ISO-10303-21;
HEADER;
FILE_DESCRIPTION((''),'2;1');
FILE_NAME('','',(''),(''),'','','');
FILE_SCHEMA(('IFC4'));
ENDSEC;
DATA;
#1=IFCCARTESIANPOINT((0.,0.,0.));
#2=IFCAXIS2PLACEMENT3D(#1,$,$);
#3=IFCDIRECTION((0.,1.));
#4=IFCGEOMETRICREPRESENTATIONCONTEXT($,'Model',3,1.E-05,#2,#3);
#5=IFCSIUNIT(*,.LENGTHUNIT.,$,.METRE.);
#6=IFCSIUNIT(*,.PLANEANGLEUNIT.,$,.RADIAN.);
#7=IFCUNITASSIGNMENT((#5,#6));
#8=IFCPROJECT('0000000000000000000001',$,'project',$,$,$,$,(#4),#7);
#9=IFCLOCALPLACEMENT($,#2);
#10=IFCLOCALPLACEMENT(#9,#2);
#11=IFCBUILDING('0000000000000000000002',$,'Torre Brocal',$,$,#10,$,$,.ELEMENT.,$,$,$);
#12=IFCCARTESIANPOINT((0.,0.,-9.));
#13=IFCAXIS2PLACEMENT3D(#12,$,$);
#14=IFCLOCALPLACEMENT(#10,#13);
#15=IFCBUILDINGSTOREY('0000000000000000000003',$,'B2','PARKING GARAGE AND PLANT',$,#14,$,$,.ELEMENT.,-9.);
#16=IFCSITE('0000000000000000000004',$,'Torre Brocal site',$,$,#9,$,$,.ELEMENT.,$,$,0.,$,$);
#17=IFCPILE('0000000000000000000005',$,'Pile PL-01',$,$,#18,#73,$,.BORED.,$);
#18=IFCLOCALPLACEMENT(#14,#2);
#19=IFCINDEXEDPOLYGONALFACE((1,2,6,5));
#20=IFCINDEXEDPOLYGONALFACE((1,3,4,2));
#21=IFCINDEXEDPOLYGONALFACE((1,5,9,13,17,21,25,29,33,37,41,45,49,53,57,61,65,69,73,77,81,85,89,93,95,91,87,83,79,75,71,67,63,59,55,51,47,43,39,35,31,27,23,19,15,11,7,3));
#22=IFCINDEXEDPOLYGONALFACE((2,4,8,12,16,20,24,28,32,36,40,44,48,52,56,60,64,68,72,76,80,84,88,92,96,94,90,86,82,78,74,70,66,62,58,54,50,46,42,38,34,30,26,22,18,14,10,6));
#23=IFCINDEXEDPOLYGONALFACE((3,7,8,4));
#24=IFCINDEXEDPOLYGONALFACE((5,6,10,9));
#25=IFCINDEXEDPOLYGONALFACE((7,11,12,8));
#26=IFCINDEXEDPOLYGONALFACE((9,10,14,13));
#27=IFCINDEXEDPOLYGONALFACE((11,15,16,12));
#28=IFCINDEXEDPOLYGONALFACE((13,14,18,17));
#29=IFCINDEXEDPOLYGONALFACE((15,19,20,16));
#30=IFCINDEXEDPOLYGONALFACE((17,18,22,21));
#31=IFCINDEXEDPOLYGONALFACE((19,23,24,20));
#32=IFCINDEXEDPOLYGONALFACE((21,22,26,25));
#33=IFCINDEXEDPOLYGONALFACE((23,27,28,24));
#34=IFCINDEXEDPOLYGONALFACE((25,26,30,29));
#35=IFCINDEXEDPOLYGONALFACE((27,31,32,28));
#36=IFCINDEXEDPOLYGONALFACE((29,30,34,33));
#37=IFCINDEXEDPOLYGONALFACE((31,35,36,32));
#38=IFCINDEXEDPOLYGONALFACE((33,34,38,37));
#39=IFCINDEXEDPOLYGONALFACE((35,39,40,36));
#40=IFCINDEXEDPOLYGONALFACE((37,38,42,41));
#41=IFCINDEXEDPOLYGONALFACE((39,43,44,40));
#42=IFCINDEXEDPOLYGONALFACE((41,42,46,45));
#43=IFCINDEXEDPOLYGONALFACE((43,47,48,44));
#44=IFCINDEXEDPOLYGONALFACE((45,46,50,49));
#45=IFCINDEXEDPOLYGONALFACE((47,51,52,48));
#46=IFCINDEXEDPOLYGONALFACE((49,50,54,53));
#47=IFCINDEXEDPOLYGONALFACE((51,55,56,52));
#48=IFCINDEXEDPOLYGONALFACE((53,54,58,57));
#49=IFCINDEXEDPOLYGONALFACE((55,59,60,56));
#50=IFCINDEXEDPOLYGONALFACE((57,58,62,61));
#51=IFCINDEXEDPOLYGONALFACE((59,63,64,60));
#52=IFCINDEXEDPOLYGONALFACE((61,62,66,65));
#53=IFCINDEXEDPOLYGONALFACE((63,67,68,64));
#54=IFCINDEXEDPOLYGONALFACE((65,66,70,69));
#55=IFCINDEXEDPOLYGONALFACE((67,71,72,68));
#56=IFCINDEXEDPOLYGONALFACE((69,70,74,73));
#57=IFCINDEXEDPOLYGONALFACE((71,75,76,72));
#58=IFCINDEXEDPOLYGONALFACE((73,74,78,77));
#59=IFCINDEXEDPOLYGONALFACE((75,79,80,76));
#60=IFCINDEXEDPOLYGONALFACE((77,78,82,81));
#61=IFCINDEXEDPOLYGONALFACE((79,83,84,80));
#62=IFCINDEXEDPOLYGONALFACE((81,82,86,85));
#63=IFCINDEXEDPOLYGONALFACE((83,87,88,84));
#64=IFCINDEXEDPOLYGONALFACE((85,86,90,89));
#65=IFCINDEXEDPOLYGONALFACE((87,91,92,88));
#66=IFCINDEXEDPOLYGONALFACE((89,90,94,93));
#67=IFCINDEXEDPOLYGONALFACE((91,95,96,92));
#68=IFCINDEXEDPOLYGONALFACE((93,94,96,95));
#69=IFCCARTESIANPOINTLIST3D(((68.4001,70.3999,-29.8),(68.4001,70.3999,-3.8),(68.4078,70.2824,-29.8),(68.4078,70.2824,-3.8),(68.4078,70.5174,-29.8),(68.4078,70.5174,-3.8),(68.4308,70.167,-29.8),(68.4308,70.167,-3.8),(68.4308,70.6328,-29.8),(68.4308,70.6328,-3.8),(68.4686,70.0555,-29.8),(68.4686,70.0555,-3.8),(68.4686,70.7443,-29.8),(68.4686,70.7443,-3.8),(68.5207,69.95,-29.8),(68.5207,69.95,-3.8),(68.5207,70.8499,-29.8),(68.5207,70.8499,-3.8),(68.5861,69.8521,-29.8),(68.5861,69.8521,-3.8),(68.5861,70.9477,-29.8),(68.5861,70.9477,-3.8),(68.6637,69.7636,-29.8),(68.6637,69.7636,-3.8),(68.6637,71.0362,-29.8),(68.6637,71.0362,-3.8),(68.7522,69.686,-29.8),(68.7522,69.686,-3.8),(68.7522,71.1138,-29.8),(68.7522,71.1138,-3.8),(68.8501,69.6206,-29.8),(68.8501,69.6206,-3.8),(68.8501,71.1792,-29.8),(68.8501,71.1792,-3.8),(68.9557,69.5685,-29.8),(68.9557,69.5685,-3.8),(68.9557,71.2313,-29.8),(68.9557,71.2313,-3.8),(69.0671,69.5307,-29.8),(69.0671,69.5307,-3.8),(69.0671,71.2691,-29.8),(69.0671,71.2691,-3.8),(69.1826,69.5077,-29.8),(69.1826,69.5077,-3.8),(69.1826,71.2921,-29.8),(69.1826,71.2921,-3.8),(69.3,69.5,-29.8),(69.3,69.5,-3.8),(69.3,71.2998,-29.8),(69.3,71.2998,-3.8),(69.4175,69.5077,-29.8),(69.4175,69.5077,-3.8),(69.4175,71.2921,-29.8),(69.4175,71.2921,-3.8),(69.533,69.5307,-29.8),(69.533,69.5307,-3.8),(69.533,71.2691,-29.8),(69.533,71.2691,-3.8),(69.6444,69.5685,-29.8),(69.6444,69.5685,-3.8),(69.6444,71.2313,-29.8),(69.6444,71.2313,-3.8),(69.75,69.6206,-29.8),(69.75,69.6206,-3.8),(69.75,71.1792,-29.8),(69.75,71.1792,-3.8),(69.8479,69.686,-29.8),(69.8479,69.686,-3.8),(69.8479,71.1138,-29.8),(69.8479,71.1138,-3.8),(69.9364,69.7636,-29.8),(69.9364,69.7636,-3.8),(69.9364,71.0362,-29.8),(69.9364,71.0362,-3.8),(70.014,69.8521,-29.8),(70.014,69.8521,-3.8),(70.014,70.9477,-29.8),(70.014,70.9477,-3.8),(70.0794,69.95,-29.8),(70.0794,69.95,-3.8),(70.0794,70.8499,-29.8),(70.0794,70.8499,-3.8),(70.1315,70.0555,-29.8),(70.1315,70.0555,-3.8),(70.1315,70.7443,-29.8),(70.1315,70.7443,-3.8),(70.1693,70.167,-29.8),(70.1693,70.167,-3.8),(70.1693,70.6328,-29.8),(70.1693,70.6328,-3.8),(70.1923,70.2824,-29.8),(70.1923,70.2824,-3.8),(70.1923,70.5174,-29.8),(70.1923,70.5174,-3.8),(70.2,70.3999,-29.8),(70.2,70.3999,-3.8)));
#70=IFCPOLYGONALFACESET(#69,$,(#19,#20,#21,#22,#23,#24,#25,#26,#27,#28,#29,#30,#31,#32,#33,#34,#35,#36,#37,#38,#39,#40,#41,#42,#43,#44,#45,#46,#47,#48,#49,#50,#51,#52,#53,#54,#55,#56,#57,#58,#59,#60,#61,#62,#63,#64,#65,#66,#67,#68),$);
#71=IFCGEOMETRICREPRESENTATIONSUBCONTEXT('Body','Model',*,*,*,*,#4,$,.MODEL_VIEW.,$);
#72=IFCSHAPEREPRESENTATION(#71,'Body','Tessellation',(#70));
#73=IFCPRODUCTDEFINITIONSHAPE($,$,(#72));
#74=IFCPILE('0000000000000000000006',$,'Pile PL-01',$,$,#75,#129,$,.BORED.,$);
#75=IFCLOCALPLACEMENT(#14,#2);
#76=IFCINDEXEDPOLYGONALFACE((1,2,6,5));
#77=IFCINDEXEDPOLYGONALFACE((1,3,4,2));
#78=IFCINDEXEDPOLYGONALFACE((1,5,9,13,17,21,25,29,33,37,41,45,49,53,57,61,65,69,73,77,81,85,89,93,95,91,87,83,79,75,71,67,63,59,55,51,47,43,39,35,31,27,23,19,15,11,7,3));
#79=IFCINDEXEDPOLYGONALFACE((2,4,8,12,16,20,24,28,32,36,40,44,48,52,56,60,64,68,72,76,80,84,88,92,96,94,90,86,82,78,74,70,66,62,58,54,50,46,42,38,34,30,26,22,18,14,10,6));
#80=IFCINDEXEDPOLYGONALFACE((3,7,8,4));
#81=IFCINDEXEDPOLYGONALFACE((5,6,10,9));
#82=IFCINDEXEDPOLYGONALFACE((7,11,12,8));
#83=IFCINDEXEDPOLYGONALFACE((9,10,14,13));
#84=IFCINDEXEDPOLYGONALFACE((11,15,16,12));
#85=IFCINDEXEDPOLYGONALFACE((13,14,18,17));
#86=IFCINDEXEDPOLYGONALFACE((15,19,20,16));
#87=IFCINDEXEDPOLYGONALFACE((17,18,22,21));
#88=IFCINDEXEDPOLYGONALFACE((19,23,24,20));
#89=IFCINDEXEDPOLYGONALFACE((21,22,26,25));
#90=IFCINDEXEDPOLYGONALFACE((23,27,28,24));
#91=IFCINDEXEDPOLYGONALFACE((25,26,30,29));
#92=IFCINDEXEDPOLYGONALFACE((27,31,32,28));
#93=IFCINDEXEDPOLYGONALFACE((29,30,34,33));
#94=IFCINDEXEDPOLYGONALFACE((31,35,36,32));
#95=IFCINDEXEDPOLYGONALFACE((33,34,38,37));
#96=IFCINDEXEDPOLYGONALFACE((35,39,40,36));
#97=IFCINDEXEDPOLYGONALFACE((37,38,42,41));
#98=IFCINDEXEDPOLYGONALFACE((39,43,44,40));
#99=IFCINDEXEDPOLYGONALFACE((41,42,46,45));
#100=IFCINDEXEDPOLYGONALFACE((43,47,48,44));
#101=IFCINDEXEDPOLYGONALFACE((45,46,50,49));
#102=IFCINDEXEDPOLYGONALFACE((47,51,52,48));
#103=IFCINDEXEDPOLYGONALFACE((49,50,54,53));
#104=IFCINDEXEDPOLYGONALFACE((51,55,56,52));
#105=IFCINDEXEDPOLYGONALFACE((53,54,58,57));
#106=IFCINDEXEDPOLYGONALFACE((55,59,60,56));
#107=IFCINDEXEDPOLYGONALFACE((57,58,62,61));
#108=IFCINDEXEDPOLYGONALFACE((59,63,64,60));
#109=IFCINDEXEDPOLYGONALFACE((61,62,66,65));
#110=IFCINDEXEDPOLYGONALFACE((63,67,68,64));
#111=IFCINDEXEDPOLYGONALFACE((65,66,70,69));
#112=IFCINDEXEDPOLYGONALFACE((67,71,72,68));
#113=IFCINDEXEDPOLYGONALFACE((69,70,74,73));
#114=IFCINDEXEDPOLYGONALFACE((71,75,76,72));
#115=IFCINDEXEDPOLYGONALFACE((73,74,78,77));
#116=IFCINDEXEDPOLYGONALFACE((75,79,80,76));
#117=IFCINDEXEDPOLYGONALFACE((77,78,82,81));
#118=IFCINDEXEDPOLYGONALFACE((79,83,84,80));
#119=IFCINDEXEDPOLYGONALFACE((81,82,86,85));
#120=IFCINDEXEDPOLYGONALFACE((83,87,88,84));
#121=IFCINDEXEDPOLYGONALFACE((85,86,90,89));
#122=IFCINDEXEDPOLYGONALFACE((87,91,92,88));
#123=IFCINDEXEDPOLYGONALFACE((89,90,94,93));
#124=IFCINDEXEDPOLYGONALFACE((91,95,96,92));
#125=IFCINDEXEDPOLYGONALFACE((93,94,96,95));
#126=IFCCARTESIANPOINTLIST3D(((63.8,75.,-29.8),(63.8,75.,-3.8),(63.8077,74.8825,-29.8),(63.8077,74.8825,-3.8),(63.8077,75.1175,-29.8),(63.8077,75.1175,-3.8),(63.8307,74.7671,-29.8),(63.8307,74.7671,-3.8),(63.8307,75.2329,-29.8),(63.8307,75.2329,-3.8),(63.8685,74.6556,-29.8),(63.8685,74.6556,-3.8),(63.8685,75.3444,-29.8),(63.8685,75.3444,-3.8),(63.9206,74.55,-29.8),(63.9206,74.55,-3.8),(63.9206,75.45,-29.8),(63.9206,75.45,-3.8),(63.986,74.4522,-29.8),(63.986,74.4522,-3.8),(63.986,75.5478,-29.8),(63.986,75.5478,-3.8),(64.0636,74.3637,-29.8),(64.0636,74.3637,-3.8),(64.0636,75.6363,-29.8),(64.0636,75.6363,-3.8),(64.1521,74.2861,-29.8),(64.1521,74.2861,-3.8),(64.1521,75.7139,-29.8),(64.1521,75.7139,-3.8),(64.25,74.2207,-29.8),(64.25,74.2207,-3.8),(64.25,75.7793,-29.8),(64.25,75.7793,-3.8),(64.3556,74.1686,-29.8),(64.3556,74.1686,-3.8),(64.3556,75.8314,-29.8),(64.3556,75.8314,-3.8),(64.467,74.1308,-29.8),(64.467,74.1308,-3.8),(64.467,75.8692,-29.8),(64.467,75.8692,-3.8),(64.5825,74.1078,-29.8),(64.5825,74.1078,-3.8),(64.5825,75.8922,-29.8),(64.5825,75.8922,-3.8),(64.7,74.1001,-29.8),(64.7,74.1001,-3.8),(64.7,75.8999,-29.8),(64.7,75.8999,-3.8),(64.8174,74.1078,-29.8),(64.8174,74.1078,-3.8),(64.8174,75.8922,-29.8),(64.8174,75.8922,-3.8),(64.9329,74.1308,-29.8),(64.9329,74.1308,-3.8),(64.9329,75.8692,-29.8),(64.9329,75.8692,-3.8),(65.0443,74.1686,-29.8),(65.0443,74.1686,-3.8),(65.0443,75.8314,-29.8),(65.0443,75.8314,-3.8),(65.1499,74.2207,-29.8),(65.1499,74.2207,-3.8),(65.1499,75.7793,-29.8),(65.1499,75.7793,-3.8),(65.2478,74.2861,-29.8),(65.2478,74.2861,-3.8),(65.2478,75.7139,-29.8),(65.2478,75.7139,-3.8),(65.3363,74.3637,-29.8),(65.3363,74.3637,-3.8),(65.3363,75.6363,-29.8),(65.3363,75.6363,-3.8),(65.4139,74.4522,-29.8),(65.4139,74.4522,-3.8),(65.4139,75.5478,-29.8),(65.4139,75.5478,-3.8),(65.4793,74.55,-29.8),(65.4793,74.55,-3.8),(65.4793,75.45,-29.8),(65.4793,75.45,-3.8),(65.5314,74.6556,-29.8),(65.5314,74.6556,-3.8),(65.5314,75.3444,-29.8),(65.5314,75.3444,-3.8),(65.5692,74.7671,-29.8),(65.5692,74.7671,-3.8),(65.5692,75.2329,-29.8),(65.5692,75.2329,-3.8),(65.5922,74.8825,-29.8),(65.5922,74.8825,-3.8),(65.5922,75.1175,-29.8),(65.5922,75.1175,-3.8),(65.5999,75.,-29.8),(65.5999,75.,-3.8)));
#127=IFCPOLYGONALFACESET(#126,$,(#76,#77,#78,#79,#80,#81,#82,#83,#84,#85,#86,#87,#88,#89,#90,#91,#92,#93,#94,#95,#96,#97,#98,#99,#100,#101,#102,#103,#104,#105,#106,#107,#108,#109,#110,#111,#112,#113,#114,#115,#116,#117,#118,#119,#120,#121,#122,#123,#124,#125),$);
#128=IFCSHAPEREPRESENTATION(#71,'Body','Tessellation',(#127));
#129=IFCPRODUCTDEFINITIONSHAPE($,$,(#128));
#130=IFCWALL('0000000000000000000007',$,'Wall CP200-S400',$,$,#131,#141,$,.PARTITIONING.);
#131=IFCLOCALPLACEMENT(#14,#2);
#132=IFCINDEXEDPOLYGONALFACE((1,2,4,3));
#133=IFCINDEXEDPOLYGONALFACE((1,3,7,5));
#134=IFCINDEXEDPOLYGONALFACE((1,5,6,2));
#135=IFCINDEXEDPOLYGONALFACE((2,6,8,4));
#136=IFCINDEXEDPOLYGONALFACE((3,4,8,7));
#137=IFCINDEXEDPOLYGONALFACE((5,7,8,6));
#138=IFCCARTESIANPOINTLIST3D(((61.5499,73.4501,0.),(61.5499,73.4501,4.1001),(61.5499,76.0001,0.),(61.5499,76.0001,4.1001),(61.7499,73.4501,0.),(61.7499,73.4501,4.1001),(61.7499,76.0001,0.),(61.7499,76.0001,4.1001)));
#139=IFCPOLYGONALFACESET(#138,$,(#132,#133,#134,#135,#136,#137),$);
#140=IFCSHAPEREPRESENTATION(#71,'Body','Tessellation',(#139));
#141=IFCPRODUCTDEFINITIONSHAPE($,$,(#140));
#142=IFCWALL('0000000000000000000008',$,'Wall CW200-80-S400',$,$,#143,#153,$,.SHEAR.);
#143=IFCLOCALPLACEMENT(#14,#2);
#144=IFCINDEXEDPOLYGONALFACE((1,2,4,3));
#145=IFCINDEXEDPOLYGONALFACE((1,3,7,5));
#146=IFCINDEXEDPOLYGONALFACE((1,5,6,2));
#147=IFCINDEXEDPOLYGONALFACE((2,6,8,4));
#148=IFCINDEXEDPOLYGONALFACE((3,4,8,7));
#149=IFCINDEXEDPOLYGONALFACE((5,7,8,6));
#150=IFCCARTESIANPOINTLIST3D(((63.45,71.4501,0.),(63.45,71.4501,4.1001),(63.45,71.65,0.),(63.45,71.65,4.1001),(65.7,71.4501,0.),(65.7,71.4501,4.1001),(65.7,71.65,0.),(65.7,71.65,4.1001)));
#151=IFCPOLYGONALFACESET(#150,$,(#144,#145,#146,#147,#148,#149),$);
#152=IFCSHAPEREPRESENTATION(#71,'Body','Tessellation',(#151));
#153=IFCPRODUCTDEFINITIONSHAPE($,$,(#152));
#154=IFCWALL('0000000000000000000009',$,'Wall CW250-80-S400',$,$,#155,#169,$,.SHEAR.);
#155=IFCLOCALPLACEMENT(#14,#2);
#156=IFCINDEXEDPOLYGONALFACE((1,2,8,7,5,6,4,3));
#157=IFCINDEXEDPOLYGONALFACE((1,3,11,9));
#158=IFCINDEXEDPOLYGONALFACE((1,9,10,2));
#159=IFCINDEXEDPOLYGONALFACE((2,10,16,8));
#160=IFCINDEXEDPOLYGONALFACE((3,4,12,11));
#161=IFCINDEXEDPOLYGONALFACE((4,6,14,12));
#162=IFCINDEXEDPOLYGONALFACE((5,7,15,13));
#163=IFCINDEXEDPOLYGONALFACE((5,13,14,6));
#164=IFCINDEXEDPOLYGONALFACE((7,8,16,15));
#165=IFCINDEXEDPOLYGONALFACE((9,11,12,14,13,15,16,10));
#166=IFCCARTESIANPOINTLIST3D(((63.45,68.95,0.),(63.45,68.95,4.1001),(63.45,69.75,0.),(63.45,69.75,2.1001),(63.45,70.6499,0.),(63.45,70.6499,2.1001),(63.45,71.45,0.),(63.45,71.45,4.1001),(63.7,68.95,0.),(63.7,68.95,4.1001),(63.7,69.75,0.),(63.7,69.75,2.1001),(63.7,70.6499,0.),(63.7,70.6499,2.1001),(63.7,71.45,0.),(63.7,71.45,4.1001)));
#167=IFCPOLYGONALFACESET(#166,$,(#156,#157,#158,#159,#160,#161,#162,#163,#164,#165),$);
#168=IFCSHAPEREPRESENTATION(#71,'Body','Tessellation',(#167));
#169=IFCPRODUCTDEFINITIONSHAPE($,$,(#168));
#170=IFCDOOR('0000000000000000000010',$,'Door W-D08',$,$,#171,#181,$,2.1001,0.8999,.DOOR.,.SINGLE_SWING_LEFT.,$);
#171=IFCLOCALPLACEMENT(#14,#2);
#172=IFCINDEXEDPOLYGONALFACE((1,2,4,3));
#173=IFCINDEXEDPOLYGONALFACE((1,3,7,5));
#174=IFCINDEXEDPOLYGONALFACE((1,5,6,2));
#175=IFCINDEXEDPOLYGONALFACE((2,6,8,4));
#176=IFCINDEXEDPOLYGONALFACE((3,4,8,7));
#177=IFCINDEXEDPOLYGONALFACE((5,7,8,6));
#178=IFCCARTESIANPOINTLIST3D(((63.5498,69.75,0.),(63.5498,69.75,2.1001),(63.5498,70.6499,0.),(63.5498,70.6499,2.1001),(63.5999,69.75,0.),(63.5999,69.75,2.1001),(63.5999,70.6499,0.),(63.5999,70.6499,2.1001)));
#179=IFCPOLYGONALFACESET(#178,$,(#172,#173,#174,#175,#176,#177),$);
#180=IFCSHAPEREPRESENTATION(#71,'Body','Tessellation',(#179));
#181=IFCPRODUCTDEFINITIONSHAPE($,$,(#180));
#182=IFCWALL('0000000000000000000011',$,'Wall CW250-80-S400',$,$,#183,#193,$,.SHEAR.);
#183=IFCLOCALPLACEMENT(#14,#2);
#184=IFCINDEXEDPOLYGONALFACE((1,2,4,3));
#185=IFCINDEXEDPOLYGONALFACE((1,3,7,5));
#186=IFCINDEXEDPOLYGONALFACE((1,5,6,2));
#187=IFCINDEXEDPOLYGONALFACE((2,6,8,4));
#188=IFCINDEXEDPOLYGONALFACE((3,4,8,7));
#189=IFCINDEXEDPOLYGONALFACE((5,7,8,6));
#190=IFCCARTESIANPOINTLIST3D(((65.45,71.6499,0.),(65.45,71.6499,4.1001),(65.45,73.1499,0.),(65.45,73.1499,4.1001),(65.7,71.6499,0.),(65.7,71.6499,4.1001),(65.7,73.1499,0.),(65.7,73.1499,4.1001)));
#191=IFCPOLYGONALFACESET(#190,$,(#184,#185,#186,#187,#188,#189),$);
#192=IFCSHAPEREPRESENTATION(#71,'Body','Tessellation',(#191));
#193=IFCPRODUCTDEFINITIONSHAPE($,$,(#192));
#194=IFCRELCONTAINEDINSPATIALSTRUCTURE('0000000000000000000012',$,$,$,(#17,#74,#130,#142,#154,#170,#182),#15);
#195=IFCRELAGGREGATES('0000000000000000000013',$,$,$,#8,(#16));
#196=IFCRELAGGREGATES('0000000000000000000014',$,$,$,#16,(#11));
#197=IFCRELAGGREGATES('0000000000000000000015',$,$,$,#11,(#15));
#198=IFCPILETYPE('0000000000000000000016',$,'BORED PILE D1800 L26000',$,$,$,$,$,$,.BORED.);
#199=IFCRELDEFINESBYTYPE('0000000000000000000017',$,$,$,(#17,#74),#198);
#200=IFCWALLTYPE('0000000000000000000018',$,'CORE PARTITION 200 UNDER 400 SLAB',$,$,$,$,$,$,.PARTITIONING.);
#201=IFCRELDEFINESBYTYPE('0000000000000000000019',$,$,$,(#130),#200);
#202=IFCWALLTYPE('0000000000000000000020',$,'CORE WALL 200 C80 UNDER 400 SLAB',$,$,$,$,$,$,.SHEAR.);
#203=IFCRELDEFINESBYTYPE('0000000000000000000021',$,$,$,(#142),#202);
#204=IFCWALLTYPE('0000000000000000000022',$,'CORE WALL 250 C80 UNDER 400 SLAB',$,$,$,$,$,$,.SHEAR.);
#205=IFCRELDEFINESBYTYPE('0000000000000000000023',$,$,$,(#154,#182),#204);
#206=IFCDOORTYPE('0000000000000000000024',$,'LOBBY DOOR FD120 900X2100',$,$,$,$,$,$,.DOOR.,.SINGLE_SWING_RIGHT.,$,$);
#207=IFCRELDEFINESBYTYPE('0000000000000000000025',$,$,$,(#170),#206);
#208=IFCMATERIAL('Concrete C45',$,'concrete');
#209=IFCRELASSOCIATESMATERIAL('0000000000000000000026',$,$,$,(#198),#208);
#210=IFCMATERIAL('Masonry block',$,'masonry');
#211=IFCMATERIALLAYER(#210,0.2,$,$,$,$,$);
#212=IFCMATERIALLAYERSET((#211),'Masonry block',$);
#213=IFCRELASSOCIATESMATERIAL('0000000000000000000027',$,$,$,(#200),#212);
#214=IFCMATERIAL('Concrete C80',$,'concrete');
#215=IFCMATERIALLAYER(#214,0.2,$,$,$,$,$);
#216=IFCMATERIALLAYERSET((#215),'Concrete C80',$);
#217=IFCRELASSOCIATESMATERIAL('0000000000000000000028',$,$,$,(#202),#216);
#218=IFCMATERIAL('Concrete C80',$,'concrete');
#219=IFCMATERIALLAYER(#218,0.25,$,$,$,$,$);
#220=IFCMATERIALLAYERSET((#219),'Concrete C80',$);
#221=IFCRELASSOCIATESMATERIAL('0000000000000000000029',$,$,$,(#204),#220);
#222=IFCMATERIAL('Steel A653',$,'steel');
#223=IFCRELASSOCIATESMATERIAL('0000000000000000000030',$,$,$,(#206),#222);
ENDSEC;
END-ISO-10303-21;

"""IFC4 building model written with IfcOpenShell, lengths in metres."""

from ifc_helpers import new_model, si_unit, direction, frame, frame_2d, origin, origin_2d, place, context, subcontext, project, spatial, rectangle, circle, extrude, material, layer, layer_set, material_profile, profile_set, type_object, element, fill, save


model = new_model("IFC4")

# Units and contexts
model_context = context("Model", 3, precision=1e-05, world=origin(), true_north=direction((0.0, 1.0)))
body_context = subcontext(model_context, "Body", "Model", "MODEL_VIEW")
ifc_project = project(units=[si_unit("LENGTHUNIT", "METRE"), si_unit("PLANEANGLEUNIT", "RADIAN")], contexts=[model_context])

# Site, building, storey
site_placement = place(None, origin())
site = spatial("IfcSite", under=ifc_project, at=site_placement, Name="Torre Brocal site", CompositionType="ELEMENT", RefElevation=0.0)
building_placement = place(site_placement, origin())
building = spatial("IfcBuilding", under=site, at=building_placement, Name="Torre Brocal", CompositionType="ELEMENT")
storey_placement = place(building_placement, frame((0.0, 0.0, -9.0)))
storey = spatial("IfcBuildingStorey", under=building, at=storey_placement, Name="B2", Description="PARKING GARAGE AND PLANT", CompositionType="ELEMENT", Elevation=-9.0)

# Piles
ifc_material_1 = material(Name="Concrete C45", Category="concrete")
ifc_material_profile = material_profile(ifc_material_1, circle(Radius=0.8999, at=origin_2d()), Name="BORED PILE D1800")
ifc_profile_set = profile_set([ifc_material_profile], Name="Concrete C45")
pile_type = type_object("IfcPileType", Name="BORED PILE D1800 L26000", PredefinedType="BORED", material=ifc_profile_set)
for number, where, z_axis, x_axis, name in (
    (1, (69.3, 70.3999, -3.8), (0.0, 0.0, -1.0), (1.0, 0.0, 0.0), "Pile PL-01"),
    (2, (64.7, 75.0, -3.8), (0.0, 0.0, -1.0), (1.0, 0.0, 0.0), "Pile PL-01"),
):
    element("IfcPile", number, at=place(storey_placement, frame(where, z_axis=z_axis, x_axis=x_axis)), inside=storey, type_object=pile_type, Name=name, PredefinedType="BORED", context=body_context, shape_type="SweptSolid", body=[
        extrude(circle(Radius=0.8999, at=origin_2d()), origin(), (0.0, 0.0, 1.0), 26.0),
    ])

# Walls
ifc_material_2 = material(Name="Masonry block", Category="masonry")
ifc_layer_1 = layer(ifc_material_2, 0.2)
ifc_layer_set_1 = layer_set([ifc_layer_1], Name="Masonry block")
wall_type_1 = type_object("IfcWallType", Name="CORE PARTITION 200 UNDER 400 SLAB", PredefinedType="PARTITIONING", material=ifc_layer_set_1)
wall_1_placement = place(storey_placement, frame((61.6499, 76.0, 0.0), z_axis=(0.0, 0.0, 1.0), x_axis=(0.0, -1.0, 0.0)))
element("IfcWall", 3, at=wall_1_placement, inside=storey, type_object=wall_type_1, Name="Wall CP200-S400", PredefinedType="PARTITIONING", context=body_context, shape_type="SweptSolid", body=[
    extrude(rectangle(XDim=2.55, YDim=0.2, at=frame_2d((1.2749, 0.0))), origin(), (0.0, 0.0, 1.0), 4.1001),
])
ifc_material_3 = material(Name="Concrete C80", Category="concrete")
ifc_layer_2 = layer(ifc_material_3, 0.2)
ifc_layer_set_2 = layer_set([ifc_layer_2], Name="Concrete C80")
wall_type_2 = type_object("IfcWallType", Name="CORE WALL 200 C80 UNDER 400 SLAB", PredefinedType="SHEAR", material=ifc_layer_set_2)
wall_2_placement = place(storey_placement, frame((65.7, 71.55, 0.0), z_axis=(0.0, 0.0, 1.0), x_axis=(-1.0, 0.0, 0.0)))
element("IfcWall", 4, at=wall_2_placement, inside=storey, type_object=wall_type_2, Name="Wall CW200-80-S400", PredefinedType="SHEAR", context=body_context, shape_type="SweptSolid", body=[
    extrude(rectangle(XDim=2.25, YDim=0.2, at=frame_2d((1.125, 0.0))), origin(), (0.0, 0.0, 1.0), 4.1001),
])

# Wall, opening, door
ifc_material_4 = material(Name="Concrete C80", Category="concrete")
ifc_layer_3 = layer(ifc_material_4, 0.25)
ifc_layer_set_3 = layer_set([ifc_layer_3], Name="Concrete C80")
wall_type_3 = type_object("IfcWallType", Name="CORE WALL 250 C80 UNDER 400 SLAB", PredefinedType="SHEAR", material=ifc_layer_set_3)
wall_3_placement = place(storey_placement, frame((63.575, 71.45, 0.0), z_axis=(0.0, 0.0, 1.0), x_axis=(0.0, -1.0, 0.0)))
wall_3 = element("IfcWall", 5, at=wall_3_placement, inside=storey, type_object=wall_type_3, Name="Wall CW250-80-S400", PredefinedType="SHEAR", context=body_context, shape_type="SweptSolid", body=[
    extrude(rectangle(XDim=2.5, YDim=0.25, at=frame_2d((1.25, 0.0))), origin(), (0.0, 0.0, 1.0), 4.1001),
])
opening_1_placement = place(wall_3_placement, frame((0.8, 0.0, 0.0)))
opening_1 = element("IfcOpeningElement", 6, at=opening_1_placement, cuts=wall_3, PredefinedType="OPENING", context=body_context, shape_type="SweptSolid", body=[
    extrude(rectangle(XDim=0.8999, YDim=2.1001, at=frame_2d((0.45, 1.05))), frame((0.0, 0.135, 0.0), z_axis=(0.0, -1.0, 0.0), x_axis=(1.0, 0.0, 0.0)), (0.0, 0.0, 1.0), 0.27),
])
ifc_material_5 = material(Name="Steel A653", Category="steel")
door_type_1 = type_object("IfcDoorType", Name="LOBBY DOOR FD120 900X2100", OperationType="SINGLE_SWING_RIGHT", PredefinedType="DOOR", material=ifc_material_5)
door_1_placement = place(opening_1_placement, origin())
door_1 = element("IfcDoor", 7, at=door_1_placement, inside=storey, type_object=door_type_1, Name="Door W-D08", OperationType="SINGLE_SWING_LEFT", OverallHeight=2.1001, OverallWidth=0.8999, PredefinedType="DOOR", context=body_context, shape_type="SweptSolid", body=[
    extrude(rectangle(XDim=0.8999, YDim=2.1001, at=frame_2d((0.45, 1.05))), frame((0.0, 0.0249, 0.0), z_axis=(0.0, -1.0, 0.0), x_axis=(1.0, 0.0, 0.0)), (0.0, 0.0, 1.0), 0.05),
])
fill(opening_1, door_1)

# Wall
wall_4_placement = place(storey_placement, frame((65.575, 73.1499, 0.0), z_axis=(0.0, 0.0, 1.0), x_axis=(0.0, -1.0, 0.0)))
element("IfcWall", 8, at=wall_4_placement, inside=storey, type_object=wall_type_3, Name="Wall CW250-80-S400", PredefinedType="SHEAR", context=body_context, shape_type="SweptSolid", body=[
    extrude(rectangle(XDim=1.5, YDim=0.25, at=frame_2d((0.75, 0.0))), origin(), (0.0, 0.0, 1.0), 4.1001),
])

save(model, "model.ifc")
